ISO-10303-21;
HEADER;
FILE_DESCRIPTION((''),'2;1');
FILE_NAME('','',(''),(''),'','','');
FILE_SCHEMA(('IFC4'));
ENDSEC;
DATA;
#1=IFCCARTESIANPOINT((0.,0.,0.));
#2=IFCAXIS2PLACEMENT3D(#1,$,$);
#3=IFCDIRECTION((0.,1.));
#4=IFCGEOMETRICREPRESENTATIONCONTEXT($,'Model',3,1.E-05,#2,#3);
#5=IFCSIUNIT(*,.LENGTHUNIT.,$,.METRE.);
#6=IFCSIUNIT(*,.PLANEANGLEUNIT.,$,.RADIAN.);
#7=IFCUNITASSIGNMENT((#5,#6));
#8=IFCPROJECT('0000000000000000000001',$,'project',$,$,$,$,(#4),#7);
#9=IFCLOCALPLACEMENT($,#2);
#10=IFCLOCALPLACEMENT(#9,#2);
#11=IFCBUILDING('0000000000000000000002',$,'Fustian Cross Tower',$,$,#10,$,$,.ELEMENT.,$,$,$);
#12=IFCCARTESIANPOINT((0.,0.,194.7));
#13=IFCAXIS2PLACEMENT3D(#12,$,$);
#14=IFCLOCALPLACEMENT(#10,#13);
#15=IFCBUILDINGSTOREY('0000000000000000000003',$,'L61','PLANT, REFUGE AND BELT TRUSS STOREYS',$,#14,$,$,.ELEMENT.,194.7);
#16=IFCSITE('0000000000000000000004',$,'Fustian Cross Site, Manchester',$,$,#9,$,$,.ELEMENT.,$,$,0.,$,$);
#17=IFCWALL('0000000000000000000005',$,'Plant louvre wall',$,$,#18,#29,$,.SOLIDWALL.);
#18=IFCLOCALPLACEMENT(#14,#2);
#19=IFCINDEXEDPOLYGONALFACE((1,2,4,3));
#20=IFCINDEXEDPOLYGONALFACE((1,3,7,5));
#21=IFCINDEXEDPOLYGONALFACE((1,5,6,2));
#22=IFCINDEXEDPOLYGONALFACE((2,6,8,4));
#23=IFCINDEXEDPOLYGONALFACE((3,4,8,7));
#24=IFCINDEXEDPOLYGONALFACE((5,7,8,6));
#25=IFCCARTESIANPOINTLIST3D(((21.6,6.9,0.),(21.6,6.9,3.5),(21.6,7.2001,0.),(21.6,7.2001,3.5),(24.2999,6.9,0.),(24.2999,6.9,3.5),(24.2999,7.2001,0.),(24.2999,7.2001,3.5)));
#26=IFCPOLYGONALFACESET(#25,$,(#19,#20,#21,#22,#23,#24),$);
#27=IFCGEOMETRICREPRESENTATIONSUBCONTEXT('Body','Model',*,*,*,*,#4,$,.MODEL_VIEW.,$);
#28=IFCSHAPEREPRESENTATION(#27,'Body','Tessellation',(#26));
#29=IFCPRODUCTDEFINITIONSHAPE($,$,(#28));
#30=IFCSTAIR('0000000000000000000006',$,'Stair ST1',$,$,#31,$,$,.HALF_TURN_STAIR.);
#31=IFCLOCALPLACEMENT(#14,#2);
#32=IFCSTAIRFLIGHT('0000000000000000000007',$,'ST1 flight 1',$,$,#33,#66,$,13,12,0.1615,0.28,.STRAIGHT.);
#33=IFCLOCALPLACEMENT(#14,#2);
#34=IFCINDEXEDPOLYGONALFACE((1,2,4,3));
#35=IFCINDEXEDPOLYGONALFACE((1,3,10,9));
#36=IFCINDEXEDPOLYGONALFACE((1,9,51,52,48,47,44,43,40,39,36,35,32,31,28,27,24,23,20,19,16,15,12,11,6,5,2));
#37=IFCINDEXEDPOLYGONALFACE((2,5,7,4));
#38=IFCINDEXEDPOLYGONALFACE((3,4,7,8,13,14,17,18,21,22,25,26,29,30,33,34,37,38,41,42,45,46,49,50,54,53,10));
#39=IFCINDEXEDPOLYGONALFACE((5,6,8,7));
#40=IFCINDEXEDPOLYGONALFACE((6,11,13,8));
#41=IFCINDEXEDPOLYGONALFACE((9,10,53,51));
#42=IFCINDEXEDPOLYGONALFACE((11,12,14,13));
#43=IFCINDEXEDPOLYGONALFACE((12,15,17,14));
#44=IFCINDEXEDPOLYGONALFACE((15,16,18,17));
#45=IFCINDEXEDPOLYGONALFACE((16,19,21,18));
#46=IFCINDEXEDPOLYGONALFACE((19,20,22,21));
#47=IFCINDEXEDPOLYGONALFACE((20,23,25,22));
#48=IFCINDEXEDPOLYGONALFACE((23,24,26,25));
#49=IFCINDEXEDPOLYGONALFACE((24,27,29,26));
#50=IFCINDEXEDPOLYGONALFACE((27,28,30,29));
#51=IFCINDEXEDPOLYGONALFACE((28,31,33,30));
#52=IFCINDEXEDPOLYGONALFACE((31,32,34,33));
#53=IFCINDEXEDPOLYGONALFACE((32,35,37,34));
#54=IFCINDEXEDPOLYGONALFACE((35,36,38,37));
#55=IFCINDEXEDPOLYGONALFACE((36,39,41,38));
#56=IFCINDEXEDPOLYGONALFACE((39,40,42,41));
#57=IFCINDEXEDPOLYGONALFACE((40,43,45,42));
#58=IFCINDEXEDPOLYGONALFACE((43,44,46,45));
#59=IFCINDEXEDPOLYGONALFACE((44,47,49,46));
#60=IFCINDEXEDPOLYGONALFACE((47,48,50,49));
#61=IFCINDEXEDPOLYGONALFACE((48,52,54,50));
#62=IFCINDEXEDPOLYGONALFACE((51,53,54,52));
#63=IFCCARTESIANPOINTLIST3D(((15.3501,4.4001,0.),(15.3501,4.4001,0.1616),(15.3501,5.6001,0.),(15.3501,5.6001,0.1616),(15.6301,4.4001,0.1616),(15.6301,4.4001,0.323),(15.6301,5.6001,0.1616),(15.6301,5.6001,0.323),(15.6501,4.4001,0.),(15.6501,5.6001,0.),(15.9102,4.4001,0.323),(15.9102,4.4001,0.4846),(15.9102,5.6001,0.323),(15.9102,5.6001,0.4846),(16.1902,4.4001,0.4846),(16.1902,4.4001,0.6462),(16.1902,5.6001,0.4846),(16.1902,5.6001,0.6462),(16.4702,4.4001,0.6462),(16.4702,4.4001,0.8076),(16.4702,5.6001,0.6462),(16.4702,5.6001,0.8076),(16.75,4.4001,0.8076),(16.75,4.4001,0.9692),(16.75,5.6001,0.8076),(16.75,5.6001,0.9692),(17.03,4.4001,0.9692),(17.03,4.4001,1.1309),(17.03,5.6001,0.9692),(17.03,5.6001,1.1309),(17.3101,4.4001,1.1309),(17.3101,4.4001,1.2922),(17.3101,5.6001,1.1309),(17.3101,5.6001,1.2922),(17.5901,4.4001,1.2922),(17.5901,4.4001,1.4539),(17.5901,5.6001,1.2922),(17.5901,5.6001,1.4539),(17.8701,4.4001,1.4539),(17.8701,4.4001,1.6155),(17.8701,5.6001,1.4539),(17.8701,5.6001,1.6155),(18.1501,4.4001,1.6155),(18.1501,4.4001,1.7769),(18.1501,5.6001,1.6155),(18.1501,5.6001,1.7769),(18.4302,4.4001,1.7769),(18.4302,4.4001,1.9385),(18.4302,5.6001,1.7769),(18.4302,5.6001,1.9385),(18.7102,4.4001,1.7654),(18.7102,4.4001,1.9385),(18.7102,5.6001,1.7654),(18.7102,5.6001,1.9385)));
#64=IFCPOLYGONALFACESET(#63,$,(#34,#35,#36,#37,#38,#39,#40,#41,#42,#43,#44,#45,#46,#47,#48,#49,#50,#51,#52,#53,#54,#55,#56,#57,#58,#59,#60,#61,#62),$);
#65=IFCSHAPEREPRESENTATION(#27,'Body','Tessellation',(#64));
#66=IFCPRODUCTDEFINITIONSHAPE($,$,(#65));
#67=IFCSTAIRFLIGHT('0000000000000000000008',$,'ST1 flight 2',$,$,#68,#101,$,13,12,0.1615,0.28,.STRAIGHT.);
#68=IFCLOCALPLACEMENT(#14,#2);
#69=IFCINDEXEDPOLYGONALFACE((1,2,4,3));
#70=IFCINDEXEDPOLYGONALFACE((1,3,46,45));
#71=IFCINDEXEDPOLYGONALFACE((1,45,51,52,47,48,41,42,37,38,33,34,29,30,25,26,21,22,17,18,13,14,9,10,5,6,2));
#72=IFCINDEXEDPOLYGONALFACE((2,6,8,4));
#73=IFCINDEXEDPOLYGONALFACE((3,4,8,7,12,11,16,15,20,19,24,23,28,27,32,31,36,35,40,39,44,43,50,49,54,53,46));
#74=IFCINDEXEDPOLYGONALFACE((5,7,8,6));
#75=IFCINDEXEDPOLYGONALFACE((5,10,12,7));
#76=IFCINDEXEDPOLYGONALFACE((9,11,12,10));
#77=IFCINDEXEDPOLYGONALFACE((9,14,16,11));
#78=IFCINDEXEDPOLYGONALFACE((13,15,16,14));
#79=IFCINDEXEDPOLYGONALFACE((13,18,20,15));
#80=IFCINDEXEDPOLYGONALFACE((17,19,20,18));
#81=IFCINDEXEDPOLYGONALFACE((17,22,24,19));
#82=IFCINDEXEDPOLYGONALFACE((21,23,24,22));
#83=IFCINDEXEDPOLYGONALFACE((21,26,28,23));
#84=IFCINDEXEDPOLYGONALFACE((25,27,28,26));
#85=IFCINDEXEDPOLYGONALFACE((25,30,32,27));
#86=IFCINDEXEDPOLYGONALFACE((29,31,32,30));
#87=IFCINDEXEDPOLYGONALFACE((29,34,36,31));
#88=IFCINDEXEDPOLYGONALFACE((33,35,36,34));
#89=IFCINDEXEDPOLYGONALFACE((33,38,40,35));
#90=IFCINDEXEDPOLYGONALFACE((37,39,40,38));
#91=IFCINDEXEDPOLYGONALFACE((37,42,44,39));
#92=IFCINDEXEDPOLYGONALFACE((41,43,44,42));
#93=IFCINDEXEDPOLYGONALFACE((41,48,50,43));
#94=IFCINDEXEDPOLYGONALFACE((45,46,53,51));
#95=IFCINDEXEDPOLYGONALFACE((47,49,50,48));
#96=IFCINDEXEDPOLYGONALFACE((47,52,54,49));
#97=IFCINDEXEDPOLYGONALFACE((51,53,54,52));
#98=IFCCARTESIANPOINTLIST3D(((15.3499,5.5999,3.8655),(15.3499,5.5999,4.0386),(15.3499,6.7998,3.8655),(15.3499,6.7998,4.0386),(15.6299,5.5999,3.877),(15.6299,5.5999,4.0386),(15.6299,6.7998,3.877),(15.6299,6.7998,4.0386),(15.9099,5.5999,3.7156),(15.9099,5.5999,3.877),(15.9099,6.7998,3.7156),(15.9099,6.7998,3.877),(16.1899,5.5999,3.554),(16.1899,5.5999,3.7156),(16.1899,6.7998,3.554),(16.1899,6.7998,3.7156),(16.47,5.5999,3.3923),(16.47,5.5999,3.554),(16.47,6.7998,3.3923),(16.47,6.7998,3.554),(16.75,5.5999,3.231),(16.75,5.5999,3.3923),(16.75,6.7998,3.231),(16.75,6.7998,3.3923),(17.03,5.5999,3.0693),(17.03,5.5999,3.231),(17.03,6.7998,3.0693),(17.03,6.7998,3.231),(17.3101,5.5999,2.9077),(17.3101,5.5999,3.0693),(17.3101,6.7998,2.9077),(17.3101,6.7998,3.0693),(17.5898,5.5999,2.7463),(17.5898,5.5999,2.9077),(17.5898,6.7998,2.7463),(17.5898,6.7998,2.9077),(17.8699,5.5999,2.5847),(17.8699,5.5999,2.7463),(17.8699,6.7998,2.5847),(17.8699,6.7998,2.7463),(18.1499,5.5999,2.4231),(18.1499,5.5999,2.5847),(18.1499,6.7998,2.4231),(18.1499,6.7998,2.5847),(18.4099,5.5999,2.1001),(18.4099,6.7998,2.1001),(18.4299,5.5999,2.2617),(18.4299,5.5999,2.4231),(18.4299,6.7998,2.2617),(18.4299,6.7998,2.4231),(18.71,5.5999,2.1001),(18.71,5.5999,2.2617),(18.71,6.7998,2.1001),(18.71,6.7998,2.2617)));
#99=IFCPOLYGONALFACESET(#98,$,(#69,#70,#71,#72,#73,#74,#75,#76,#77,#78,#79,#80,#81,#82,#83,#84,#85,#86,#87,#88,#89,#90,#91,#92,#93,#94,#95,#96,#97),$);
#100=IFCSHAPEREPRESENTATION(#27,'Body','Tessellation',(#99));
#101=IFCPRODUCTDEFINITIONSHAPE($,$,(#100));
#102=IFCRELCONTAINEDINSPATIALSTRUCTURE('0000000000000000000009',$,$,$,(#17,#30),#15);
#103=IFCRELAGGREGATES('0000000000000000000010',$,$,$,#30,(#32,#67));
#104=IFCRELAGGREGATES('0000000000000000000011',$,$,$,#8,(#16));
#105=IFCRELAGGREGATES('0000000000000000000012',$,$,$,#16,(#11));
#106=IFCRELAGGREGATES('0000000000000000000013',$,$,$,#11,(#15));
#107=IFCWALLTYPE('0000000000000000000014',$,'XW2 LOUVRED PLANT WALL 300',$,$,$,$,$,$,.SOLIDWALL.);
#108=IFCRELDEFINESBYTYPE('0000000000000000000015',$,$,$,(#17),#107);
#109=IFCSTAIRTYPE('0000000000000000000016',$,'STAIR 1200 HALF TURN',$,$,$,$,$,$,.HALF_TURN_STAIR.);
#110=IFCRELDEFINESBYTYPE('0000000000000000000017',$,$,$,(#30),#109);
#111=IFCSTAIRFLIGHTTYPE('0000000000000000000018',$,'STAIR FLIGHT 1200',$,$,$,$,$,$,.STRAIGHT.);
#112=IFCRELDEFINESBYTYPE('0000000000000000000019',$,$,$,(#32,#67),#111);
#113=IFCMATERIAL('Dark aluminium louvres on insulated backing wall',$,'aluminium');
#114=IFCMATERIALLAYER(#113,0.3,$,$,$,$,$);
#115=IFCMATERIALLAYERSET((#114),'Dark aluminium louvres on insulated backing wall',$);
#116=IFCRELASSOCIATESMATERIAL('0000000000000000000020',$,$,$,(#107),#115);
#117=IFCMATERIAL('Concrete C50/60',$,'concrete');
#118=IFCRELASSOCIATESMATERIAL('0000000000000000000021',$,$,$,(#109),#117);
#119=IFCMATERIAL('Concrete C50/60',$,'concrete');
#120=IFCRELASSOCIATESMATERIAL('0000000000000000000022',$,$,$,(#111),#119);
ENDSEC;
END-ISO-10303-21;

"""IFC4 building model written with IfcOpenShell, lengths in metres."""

from ifc_helpers import new_model, si_unit, direction, frame, frame_2d, origin, place, context, subcontext, project, spatial, polyline, rectangle, outline, extrude, material, layer, layer_set, type_object, element, aggregate, save


model = new_model("IFC4")

# Units and contexts
model_context = context("Model", 3, precision=1e-05, world=origin(), true_north=direction((0.0, 1.0)))
body_context = subcontext(model_context, "Body", "Model", "MODEL_VIEW")
ifc_project = project(units=[si_unit("LENGTHUNIT", "METRE"), si_unit("PLANEANGLEUNIT", "RADIAN")], contexts=[model_context])

# Site, building, storey
site_placement = place(None, origin())
site = spatial("IfcSite", under=ifc_project, at=site_placement, Name="Fustian Cross Site, Manchester", CompositionType="ELEMENT", RefElevation=0.0)
building_placement = place(site_placement, origin())
building = spatial("IfcBuilding", under=site, at=building_placement, Name="Fustian Cross Tower", CompositionType="ELEMENT")
storey_placement = place(building_placement, frame((0.0, 0.0, 194.7)))
storey = spatial("IfcBuildingStorey", under=building, at=storey_placement, Name="L61", Description="PLANT, REFUGE AND BELT TRUSS STOREYS", CompositionType="ELEMENT", Elevation=194.7)

# Wall
ifc_material_1 = material(Name="Dark aluminium louvres on insulated backing wall", Category="aluminium")
ifc_layer_1 = layer(ifc_material_1, 0.3)
ifc_layer_set_1 = layer_set([ifc_layer_1], Name="Dark aluminium louvres on insulated backing wall")
wall_type_1 = type_object("IfcWallType", Name="XW2 LOUVRED PLANT WALL 300", PredefinedType="SOLIDWALL", material=ifc_layer_set_1)
wall_1_placement = place(storey_placement, frame((24.3, 7.05, 0.0), z_axis=(0.0, 0.0, 1.0), x_axis=(-1.0, 0.0, 0.0)))
element("IfcWall", 1, at=wall_1_placement, inside=storey, type_object=wall_type_1, Name="Plant louvre wall", PredefinedType="SOLIDWALL", context=body_context, shape_type="SweptSolid", body=[
    extrude(rectangle(XDim=2.7, YDim=0.3, at=frame_2d((1.3501, 0.0))), origin(), (0.0, 0.0, 1.0), 3.5),
])

# Stair, stair flights
ifc_material_2 = material(Name="Concrete C50/60", Category="concrete")
stair_type = type_object("IfcStairType", Name="STAIR 1200 HALF TURN", PredefinedType="HALF_TURN_STAIR", material=ifc_material_2)
stair_placement = place(storey_placement, origin())
stair = element("IfcStair", 2, at=stair_placement, inside=storey, type_object=stair_type, Name="Stair ST1", PredefinedType="HALF_TURN_STAIR")
ifc_material_3 = material(Name="Concrete C50/60", Category="concrete")
stair_flight_type = type_object("IfcStairFlightType", Name="STAIR FLIGHT 1200", PredefinedType="STRAIGHT", material=ifc_material_3)
stair_flight_1_placement = place(storey_placement, frame((15.3501, 5.0, 0.0), z_axis=(0.0, 0.0, 1.0), x_axis=(1.0, 0.0, 0.0)))
stair_flight_1 = element("IfcStairFlight", 3, at=stair_flight_1_placement, type_object=stair_flight_type, Name="ST1 flight 1", NumberOfRisers=13, NumberOfTreads=12, PredefinedType="STRAIGHT", RiserHeight=0.1615, TreadLength=0.28, context=body_context, shape_type="SweptSolid", body=[
    extrude(outline(polyline([(0.0, 0.0), (0.0, 0.1616), (0.28, 0.1616), (0.28, 0.323), (0.5601, 0.323), (0.5601, 0.4846), (0.8401, 0.4846), (0.8401, 0.6462), (1.1201, 0.6462), (1.1201, 0.8076), (1.3999, 0.8076), (1.3999, 0.9692), (1.6799, 0.9692), (1.6799, 1.1309), (1.96, 1.1309), (1.96, 1.2922), (2.24, 1.2922), (2.24, 1.4539), (2.52, 1.4539), (2.52, 1.6155), (2.8, 1.6155), (2.8, 1.7769), (3.0801, 1.7769), (3.0801, 1.9385), (3.3601, 1.9385), (3.3601, 2.1001), (3.3601, 1.7654), (0.3, 0.0), (0.0, 0.0)])), frame((0.0, 0.6001, 0.0), z_axis=(0.0, -1.0, 0.0), x_axis=(1.0, 0.0, 0.0)), (0.0, 0.0, 1.0), 1.2),
])
stair_flight_2_placement = place(storey_placement, frame((18.71, 6.2, 2.1001), z_axis=(0.0, 0.0, 1.0), x_axis=(-1.0, 0.0, 0.0)))
stair_flight_2 = element("IfcStairFlight", 4, at=stair_flight_2_placement, type_object=stair_flight_type, Name="ST1 flight 2", NumberOfRisers=13, NumberOfTreads=12, PredefinedType="STRAIGHT", RiserHeight=0.1615, TreadLength=0.28, context=body_context, shape_type="SweptSolid", body=[
    extrude(outline(polyline([(0.0, 0.0), (0.0, 0.1616), (0.28, 0.1616), (0.28, 0.323), (0.5601, 0.323), (0.5601, 0.4846), (0.8401, 0.4846), (0.8401, 0.6462), (1.1201, 0.6462), (1.1201, 0.8076), (1.3999, 0.8076), (1.3999, 0.9692), (1.6799, 0.9692), (1.6799, 1.1309), (1.96, 1.1309), (1.96, 1.2922), (2.24, 1.2922), (2.24, 1.4539), (2.52, 1.4539), (2.52, 1.6155), (2.8, 1.6155), (2.8, 1.7769), (3.0801, 1.7769), (3.0801, 1.9385), (3.3601, 1.9385), (3.3601, 2.1001), (3.3601, 1.7654), (0.3, 0.0), (0.0, 0.0)])), frame((0.0, 0.6001, 0.0), z_axis=(0.0, -1.0, 0.0), x_axis=(1.0, 0.0, 0.0)), (0.0, 0.0, 1.0), 1.2),
])
aggregate(stair, [stair_flight_1, stair_flight_2])

save(model, "model.ifc")
